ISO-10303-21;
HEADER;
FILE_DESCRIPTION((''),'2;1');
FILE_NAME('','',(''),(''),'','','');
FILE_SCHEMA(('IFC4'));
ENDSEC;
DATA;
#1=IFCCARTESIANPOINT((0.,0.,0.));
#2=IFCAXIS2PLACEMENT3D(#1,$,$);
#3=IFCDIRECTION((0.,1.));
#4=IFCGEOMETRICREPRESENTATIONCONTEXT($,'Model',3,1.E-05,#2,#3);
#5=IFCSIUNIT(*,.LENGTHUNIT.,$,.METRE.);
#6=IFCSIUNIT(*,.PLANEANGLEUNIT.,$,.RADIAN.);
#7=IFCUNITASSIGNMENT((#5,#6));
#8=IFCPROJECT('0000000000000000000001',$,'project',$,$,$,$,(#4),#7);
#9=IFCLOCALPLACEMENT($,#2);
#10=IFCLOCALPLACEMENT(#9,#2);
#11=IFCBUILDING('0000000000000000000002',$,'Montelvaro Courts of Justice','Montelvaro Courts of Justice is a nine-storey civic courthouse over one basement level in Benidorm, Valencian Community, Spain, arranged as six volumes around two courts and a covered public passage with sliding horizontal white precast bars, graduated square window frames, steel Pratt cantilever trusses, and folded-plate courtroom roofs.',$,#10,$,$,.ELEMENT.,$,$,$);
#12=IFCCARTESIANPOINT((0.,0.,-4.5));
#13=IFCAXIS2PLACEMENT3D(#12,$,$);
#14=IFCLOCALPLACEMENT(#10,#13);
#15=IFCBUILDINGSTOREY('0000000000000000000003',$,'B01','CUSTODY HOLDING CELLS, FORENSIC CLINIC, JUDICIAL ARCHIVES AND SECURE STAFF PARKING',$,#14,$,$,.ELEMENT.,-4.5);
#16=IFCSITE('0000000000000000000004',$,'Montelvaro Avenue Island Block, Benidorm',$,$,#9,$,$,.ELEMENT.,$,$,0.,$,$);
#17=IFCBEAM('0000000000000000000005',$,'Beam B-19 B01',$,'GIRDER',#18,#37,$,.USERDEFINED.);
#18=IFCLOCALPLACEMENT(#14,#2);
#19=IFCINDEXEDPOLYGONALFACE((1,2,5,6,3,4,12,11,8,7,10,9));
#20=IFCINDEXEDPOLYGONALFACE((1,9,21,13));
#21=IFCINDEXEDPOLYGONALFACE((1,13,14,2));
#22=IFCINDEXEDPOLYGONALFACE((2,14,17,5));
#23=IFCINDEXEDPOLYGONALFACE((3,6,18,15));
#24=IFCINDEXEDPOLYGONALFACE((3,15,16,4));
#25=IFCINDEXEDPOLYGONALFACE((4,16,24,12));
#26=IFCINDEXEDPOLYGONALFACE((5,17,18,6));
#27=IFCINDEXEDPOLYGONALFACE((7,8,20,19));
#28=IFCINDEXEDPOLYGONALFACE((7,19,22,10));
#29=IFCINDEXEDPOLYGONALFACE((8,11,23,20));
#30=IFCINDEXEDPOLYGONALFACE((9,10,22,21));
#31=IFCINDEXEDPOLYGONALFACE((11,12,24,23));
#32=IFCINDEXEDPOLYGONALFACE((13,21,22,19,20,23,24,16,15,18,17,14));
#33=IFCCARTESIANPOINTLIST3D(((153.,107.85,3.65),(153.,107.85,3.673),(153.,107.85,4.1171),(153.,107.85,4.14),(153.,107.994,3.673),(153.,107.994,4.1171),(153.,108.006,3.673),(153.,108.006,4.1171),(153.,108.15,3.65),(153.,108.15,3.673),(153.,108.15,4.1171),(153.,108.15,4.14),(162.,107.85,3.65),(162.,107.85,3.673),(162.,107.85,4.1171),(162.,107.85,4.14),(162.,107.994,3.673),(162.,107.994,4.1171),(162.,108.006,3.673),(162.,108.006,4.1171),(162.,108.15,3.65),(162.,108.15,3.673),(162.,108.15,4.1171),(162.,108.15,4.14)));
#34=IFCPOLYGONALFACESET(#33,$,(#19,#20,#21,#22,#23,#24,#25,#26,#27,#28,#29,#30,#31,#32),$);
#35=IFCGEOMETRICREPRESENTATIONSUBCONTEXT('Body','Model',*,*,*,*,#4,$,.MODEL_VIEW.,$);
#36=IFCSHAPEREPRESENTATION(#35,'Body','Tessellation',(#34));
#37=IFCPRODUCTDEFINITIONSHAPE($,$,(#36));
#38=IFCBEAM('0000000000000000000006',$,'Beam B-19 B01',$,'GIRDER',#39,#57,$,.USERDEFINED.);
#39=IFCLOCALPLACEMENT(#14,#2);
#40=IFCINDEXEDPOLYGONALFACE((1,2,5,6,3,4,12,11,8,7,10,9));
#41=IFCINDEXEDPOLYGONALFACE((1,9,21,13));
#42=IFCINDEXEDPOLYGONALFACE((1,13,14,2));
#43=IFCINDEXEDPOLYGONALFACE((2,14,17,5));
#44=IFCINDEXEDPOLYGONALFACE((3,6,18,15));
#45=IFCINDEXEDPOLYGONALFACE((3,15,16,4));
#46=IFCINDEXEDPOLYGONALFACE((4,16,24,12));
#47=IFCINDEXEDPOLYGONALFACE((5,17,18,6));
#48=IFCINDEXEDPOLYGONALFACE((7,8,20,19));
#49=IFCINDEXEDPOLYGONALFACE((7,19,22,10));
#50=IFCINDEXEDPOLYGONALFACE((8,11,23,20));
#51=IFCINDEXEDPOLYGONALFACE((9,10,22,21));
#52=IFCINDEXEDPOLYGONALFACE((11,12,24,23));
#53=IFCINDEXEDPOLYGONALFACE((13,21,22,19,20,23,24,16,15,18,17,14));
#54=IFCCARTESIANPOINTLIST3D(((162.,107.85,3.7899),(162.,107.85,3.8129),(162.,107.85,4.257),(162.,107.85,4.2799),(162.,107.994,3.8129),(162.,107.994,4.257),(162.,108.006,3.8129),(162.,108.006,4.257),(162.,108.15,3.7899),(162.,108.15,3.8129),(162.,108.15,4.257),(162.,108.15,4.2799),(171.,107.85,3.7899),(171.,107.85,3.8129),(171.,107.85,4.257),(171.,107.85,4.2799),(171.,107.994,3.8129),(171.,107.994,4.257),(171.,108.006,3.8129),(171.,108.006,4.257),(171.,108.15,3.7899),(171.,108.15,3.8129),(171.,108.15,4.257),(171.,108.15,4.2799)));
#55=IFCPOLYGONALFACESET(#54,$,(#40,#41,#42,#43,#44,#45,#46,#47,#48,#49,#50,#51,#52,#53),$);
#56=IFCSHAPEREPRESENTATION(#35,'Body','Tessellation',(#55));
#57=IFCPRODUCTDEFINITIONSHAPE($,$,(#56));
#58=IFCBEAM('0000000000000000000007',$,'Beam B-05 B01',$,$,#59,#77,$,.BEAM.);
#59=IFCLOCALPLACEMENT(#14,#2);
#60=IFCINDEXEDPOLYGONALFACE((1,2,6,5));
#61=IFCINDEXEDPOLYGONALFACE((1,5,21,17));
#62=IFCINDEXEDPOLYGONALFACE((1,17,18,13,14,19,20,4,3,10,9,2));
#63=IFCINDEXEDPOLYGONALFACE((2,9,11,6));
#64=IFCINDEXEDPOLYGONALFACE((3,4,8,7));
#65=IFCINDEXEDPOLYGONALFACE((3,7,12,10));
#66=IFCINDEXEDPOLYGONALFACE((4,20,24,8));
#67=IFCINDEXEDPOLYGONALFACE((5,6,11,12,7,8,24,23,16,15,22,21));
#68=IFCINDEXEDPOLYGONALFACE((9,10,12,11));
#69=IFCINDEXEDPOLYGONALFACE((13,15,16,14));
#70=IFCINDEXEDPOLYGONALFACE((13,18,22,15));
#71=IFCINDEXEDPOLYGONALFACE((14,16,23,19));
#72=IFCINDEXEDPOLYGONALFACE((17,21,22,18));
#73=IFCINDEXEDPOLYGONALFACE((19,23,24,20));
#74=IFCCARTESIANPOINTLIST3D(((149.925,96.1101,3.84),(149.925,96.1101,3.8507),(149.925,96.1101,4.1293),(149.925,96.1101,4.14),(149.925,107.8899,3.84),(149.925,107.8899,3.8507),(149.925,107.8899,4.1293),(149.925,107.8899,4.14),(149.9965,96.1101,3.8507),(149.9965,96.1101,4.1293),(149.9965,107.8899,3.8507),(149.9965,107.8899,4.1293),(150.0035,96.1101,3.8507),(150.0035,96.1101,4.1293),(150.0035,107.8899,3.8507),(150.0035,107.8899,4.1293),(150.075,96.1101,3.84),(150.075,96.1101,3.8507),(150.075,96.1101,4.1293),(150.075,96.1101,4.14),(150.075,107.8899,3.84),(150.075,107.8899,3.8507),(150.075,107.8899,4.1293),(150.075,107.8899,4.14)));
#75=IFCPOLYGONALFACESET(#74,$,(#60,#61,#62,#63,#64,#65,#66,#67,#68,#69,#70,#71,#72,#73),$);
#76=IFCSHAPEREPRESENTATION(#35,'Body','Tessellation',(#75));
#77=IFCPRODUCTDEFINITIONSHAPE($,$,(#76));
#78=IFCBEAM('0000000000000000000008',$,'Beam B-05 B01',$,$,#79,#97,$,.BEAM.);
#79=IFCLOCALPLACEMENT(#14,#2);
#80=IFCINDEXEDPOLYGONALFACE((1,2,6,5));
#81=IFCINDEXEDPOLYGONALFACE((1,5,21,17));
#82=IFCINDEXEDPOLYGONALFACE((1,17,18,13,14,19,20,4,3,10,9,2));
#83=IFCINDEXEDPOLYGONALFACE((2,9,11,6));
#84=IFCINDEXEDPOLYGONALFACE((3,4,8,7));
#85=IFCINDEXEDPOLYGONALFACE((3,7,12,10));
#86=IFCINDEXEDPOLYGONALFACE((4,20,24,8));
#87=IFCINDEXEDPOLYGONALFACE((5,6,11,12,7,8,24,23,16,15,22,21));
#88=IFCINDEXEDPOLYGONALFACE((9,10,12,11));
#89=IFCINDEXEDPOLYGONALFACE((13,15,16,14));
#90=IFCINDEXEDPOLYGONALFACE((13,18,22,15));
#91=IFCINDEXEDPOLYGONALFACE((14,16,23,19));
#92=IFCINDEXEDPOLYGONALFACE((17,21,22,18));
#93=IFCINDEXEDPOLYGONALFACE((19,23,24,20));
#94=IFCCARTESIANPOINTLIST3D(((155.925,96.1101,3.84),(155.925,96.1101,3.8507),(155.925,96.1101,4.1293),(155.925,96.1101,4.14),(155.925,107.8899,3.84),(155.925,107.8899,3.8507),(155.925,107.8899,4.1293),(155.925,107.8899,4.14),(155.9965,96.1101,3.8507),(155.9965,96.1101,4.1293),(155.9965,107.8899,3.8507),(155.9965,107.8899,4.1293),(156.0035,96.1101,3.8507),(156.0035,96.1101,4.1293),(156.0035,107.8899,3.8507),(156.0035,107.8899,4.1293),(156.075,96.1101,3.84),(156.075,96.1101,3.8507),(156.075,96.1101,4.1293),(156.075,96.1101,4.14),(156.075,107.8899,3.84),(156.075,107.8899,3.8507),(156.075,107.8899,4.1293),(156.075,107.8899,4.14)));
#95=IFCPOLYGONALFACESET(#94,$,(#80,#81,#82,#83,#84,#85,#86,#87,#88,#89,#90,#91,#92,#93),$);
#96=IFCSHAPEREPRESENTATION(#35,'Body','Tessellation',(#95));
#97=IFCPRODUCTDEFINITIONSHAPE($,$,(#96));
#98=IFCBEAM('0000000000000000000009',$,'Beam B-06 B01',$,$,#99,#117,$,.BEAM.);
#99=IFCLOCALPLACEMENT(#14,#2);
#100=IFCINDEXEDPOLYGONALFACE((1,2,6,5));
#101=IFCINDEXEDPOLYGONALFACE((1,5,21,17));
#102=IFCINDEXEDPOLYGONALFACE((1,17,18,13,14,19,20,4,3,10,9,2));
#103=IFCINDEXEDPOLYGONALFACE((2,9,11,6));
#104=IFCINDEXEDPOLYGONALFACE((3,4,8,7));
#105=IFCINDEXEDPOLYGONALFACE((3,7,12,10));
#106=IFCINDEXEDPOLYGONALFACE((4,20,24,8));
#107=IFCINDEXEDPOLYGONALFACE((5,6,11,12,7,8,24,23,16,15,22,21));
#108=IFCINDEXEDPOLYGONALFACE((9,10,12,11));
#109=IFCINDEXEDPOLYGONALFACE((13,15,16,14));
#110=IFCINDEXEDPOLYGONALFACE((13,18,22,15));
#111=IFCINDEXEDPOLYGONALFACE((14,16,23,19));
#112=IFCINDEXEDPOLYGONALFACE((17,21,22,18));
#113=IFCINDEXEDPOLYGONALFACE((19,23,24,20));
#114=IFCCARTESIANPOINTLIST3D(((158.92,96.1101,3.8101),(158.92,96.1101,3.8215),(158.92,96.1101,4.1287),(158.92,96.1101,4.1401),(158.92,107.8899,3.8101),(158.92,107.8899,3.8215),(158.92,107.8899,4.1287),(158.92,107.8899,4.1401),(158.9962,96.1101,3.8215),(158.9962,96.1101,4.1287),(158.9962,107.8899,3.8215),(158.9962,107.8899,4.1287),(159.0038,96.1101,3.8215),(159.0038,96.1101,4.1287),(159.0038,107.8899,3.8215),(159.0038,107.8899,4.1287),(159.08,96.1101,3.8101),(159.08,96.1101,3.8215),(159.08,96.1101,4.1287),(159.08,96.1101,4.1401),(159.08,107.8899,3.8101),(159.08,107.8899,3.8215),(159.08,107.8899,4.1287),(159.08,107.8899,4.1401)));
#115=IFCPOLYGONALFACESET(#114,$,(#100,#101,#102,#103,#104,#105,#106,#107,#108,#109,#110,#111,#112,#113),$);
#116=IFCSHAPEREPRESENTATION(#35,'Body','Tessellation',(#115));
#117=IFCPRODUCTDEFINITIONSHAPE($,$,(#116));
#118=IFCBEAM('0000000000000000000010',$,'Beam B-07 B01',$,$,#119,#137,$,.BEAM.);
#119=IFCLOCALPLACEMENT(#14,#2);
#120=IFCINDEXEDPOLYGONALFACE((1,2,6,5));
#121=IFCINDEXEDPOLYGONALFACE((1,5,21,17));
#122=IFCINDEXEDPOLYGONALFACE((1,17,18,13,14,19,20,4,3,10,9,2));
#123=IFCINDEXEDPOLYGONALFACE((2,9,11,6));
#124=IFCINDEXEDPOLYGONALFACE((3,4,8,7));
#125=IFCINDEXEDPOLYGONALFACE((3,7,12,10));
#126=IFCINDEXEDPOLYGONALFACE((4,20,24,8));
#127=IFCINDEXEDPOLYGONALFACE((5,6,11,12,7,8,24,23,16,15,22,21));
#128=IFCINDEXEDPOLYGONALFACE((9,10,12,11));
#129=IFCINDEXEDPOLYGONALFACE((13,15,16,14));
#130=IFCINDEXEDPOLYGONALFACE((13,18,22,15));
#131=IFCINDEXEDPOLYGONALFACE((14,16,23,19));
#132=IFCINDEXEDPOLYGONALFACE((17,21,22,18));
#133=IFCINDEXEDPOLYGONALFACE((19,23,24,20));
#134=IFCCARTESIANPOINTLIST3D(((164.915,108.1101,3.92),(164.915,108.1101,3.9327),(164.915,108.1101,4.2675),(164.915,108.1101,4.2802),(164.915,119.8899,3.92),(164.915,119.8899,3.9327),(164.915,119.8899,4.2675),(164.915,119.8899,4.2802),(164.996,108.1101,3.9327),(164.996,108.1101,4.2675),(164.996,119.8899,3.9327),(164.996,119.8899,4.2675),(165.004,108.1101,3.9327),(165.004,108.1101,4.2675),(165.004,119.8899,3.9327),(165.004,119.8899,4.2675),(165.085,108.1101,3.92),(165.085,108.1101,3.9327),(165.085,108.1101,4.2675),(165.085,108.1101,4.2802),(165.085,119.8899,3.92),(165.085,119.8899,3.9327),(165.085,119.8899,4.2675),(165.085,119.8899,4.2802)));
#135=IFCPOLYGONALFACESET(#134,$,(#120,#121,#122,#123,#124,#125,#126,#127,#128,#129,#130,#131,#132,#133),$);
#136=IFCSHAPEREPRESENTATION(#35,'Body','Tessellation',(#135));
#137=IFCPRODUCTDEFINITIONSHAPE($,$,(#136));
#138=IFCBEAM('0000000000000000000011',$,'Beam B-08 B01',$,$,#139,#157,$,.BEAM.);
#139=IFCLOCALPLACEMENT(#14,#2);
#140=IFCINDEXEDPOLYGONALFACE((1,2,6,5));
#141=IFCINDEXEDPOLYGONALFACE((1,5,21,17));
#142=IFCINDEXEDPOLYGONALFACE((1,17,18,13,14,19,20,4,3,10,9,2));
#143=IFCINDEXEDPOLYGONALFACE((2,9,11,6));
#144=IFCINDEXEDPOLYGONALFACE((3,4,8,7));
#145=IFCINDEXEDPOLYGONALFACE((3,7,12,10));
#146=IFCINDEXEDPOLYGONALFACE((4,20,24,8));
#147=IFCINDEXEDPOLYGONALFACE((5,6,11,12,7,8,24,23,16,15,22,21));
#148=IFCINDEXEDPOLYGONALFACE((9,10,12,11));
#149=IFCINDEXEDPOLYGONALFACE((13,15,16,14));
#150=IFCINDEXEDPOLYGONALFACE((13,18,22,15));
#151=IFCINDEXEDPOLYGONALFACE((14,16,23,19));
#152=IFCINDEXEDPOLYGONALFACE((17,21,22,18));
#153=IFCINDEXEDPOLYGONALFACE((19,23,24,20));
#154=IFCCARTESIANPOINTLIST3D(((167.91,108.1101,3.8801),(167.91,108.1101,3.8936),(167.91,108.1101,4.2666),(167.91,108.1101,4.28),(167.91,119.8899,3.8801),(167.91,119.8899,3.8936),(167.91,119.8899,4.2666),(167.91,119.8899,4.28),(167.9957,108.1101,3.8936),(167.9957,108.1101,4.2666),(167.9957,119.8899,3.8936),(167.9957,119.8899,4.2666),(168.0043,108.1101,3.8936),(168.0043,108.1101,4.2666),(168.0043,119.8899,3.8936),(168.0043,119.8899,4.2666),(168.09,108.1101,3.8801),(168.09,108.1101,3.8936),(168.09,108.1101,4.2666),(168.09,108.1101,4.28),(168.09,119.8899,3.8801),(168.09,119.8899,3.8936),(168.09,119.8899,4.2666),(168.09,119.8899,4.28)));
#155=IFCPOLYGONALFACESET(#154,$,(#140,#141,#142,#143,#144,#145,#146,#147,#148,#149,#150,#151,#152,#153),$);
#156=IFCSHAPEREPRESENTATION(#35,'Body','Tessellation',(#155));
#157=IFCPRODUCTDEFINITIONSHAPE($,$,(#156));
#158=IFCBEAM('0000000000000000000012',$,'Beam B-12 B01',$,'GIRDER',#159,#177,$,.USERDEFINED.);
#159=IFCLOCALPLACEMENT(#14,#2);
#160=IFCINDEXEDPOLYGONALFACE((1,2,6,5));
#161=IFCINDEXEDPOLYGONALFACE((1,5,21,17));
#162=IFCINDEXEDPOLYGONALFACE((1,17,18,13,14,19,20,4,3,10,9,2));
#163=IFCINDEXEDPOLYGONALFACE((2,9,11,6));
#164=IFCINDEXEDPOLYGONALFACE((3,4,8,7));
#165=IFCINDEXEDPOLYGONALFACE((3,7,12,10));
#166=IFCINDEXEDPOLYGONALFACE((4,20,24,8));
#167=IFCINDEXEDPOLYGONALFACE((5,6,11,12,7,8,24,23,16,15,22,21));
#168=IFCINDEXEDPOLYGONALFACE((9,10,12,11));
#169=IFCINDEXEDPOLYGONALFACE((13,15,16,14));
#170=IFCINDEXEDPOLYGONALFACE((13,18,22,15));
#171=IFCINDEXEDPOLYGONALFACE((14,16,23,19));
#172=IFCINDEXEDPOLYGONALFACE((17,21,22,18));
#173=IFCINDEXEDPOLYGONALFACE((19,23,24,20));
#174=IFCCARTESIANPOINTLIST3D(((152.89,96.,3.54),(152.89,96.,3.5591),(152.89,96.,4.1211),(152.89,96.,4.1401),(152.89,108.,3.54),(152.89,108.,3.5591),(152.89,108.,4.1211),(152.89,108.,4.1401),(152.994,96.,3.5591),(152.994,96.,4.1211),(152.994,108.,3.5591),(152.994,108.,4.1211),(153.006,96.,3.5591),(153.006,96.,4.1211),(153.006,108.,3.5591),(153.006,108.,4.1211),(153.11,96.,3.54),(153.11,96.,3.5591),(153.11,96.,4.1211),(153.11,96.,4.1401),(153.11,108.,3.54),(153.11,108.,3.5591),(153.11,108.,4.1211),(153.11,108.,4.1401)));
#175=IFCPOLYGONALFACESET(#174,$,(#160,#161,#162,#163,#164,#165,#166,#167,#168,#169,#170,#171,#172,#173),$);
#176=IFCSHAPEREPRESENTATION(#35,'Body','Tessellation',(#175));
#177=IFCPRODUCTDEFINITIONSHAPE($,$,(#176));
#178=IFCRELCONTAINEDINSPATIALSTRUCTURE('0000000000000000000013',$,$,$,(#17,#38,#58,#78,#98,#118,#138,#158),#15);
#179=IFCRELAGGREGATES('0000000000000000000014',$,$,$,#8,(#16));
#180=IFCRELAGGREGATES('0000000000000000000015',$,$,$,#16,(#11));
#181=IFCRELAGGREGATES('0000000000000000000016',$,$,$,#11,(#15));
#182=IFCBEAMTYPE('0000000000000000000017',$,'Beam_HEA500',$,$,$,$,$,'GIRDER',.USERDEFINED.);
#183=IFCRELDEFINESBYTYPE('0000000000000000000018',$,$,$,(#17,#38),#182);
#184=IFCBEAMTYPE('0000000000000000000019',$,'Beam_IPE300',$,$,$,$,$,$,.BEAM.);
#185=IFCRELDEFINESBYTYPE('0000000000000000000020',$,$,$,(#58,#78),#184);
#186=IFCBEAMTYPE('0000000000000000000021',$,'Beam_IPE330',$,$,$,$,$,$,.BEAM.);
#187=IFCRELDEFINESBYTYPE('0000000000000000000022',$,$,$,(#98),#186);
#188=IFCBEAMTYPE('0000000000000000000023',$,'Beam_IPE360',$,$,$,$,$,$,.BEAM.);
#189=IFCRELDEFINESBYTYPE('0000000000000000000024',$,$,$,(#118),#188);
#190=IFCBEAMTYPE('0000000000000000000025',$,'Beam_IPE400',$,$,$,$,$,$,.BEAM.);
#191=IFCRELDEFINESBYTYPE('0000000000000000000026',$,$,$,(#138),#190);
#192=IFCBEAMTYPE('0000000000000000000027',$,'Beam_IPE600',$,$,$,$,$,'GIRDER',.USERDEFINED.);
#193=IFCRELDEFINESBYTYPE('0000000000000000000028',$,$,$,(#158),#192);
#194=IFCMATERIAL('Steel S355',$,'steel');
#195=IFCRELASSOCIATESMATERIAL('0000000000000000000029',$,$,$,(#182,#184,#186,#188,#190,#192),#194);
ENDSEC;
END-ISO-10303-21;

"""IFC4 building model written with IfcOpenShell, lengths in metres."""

from ifc_helpers import new_model, si_unit, direction, frame, origin, origin_2d, place, context, subcontext, project, spatial, i_section, extrude, material, material_profile, profile_set, type_object, element, save


model = new_model("IFC4")

# Units and contexts
model_context = context("Model", 3, precision=1e-05, world=origin(), true_north=direction((0.0, 1.0)))
body_context = subcontext(model_context, "Body", "Model", "MODEL_VIEW")
ifc_project = project(units=[si_unit("LENGTHUNIT", "METRE"), si_unit("PLANEANGLEUNIT", "RADIAN")], contexts=[model_context])

# Site, building, storey
site_placement = place(None, origin())
site = spatial("IfcSite", under=ifc_project, at=site_placement, Name="Montelvaro Avenue Island Block, Benidorm", CompositionType="ELEMENT", RefElevation=0.0)
building_placement = place(site_placement, origin())
building = spatial("IfcBuilding", under=site, at=building_placement, Name="Montelvaro Courts of Justice", Description="Montelvaro Courts of Justice is a nine-storey civic courthouse over one basement level in Benidorm, Valencian Community, Spain, arranged as six volumes around two courts and a covered public passage with sliding horizontal white precast bars, graduated square window frames, steel Pratt cantilever trusses, and folded-plate courtroom roofs.", CompositionType="ELEMENT")
storey_placement = place(building_placement, frame((0.0, 0.0, -4.5)))
storey = spatial("IfcBuildingStorey", under=building, at=storey_placement, Name="B01", Description="CUSTODY HOLDING CELLS, FORENSIC CLINIC, JUDICIAL ARCHIVES AND SECURE STAFF PARKING", CompositionType="ELEMENT", Elevation=-4.5)

# Beams
ifc_material_1 = material(Name="Steel S355", Category="steel")
ifc_material_profile_1 = material_profile(ifc_material_1, i_section(OverallWidth=0.3, OverallDepth=0.49, WebThickness=0.012, FlangeThickness=0.0229, at=origin_2d()), Name="HEA 500")
ifc_profile_set_1 = profile_set([ifc_material_profile_1], Name="Steel S355")
beam_type_1 = type_object("IfcBeamType", Name="Beam_HEA500", ElementType="GIRDER", PredefinedType="USERDEFINED", material=ifc_profile_set_1)
for number, where, z_axis, x_axis, name in (
    (1, (153.0, 108.0, 3.895), (1.0, 0.0, 0.0), (0.0, 1.0, 0.0), "Beam B-19 B01"),
    (2, (162.0, 108.0, 4.0349), (1.0, 0.0, 0.0), (0.0, 1.0, 0.0), "Beam B-19 B01"),
):
    element("IfcBeam", number, at=place(storey_placement, frame(where, z_axis=z_axis, x_axis=x_axis)), inside=storey, type_object=beam_type_1, Name=name, ObjectType="GIRDER", PredefinedType="USERDEFINED", context=body_context, shape_type="SweptSolid", body=[
        extrude(i_section(OverallWidth=0.3, OverallDepth=0.49, WebThickness=0.012, FlangeThickness=0.0229, at=origin_2d()), origin(), (0.0, 0.0, 1.0), 9.0),
    ])
ifc_material_profile_2 = material_profile(ifc_material_1, i_section(OverallWidth=0.1499, OverallDepth=0.3, WebThickness=0.0071, FlangeThickness=0.0107, at=origin_2d()), Name="IPE 300")
ifc_profile_set_2 = profile_set([ifc_material_profile_2], Name="Steel S355")
beam_type_2 = type_object("IfcBeamType", Name="Beam_IPE300", PredefinedType="BEAM", material=ifc_profile_set_2)
for number, where, z_axis, x_axis, name in (
    (3, (150.0, 96.1101, 3.99), (0.0, 1.0, 0.0), (-1.0, 0.0, 0.0), "Beam B-05 B01"),
    (4, (156.0, 96.1101, 3.99), (0.0, 1.0, 0.0), (-1.0, 0.0, 0.0), "Beam B-05 B01"),
):
    element("IfcBeam", number, at=place(storey_placement, frame(where, z_axis=z_axis, x_axis=x_axis)), inside=storey, type_object=beam_type_2, Name=name, PredefinedType="BEAM", context=body_context, shape_type="SweptSolid", body=[
        extrude(i_section(OverallWidth=0.1499, OverallDepth=0.3, WebThickness=0.0071, FlangeThickness=0.0107, at=origin_2d()), origin(), (0.0, 0.0, 1.0), 11.7798),
    ])
ifc_material_profile_3 = material_profile(ifc_material_1, i_section(OverallWidth=0.1599, OverallDepth=0.3301, WebThickness=0.0076, FlangeThickness=0.0115, at=origin_2d()), Name="IPE 330")
ifc_profile_set_3 = profile_set([ifc_material_profile_3], Name="Steel S355")
beam_type_3 = type_object("IfcBeamType", Name="Beam_IPE330", PredefinedType="BEAM", material=ifc_profile_set_3)
beam_1_placement = place(storey_placement, frame((159.0, 96.1101, 3.9751), z_axis=(0.0, 1.0, 0.0), x_axis=(-1.0, 0.0, 0.0)))
element("IfcBeam", 5, at=beam_1_placement, inside=storey, type_object=beam_type_3, Name="Beam B-06 B01", PredefinedType="BEAM", context=body_context, shape_type="SweptSolid", body=[
    extrude(i_section(OverallWidth=0.1599, OverallDepth=0.3301, WebThickness=0.0076, FlangeThickness=0.0115, at=origin_2d()), origin(), (0.0, 0.0, 1.0), 11.7798),
])
ifc_material_profile_4 = material_profile(ifc_material_1, i_section(OverallWidth=0.1699, OverallDepth=0.3601, WebThickness=0.0081, FlangeThickness=0.0127, at=origin_2d()), Name="IPE 360")
ifc_profile_set_4 = profile_set([ifc_material_profile_4], Name="Steel S355")
beam_type_4 = type_object("IfcBeamType", Name="Beam_IPE360", PredefinedType="BEAM", material=ifc_profile_set_4)
beam_2_placement = place(storey_placement, frame((165.0, 108.1101, 4.1001), z_axis=(0.0, 1.0, 0.0), x_axis=(-1.0, 0.0, 0.0)))
element("IfcBeam", 6, at=beam_2_placement, inside=storey, type_object=beam_type_4, Name="Beam B-07 B01", PredefinedType="BEAM", context=body_context, shape_type="SweptSolid", body=[
    extrude(i_section(OverallWidth=0.1699, OverallDepth=0.3601, WebThickness=0.0081, FlangeThickness=0.0127, at=origin_2d()), origin(), (0.0, 0.0, 1.0), 11.7798),
])
ifc_material_profile_5 = material_profile(ifc_material_1, i_section(OverallWidth=0.1799, OverallDepth=0.3999, WebThickness=0.0085, FlangeThickness=0.0134, at=origin_2d()), Name="IPE 400")
ifc_profile_set_5 = profile_set([ifc_material_profile_5], Name="Steel S355")
beam_type_5 = type_object("IfcBeamType", Name="Beam_IPE400", PredefinedType="BEAM", material=ifc_profile_set_5)
beam_3_placement = place(storey_placement, frame((168.0, 108.1101, 4.0801), z_axis=(0.0, 1.0, 0.0), x_axis=(-1.0, 0.0, 0.0)))
element("IfcBeam", 7, at=beam_3_placement, inside=storey, type_object=beam_type_5, Name="Beam B-08 B01", PredefinedType="BEAM", context=body_context, shape_type="SweptSolid", body=[
    extrude(i_section(OverallWidth=0.1799, OverallDepth=0.3999, WebThickness=0.0085, FlangeThickness=0.0134, at=origin_2d()), origin(), (0.0, 0.0, 1.0), 11.7798),
])
ifc_material_profile_6 = material_profile(ifc_material_1, i_section(OverallWidth=0.22, OverallDepth=0.6001, WebThickness=0.012, FlangeThickness=0.019, at=origin_2d()), Name="IPE 600")
ifc_profile_set_6 = profile_set([ifc_material_profile_6], Name="Steel S355")
beam_type_6 = type_object("IfcBeamType", Name="Beam_IPE600", ElementType="GIRDER", PredefinedType="USERDEFINED", material=ifc_profile_set_6)
beam_4_placement = place(storey_placement, frame((153.0, 96.0, 3.8401), z_axis=(0.0, 1.0, 0.0), x_axis=(-1.0, 0.0, 0.0)))
element("IfcBeam", 8, at=beam_4_placement, inside=storey, type_object=beam_type_6, Name="Beam B-12 B01", ObjectType="GIRDER", PredefinedType="USERDEFINED", context=body_context, shape_type="SweptSolid", body=[
    extrude(i_section(OverallWidth=0.22, OverallDepth=0.6001, WebThickness=0.012, FlangeThickness=0.019, at=origin_2d()), origin(), (0.0, 0.0, 1.0), 12.0),
])

save(model, "model.ifc")
